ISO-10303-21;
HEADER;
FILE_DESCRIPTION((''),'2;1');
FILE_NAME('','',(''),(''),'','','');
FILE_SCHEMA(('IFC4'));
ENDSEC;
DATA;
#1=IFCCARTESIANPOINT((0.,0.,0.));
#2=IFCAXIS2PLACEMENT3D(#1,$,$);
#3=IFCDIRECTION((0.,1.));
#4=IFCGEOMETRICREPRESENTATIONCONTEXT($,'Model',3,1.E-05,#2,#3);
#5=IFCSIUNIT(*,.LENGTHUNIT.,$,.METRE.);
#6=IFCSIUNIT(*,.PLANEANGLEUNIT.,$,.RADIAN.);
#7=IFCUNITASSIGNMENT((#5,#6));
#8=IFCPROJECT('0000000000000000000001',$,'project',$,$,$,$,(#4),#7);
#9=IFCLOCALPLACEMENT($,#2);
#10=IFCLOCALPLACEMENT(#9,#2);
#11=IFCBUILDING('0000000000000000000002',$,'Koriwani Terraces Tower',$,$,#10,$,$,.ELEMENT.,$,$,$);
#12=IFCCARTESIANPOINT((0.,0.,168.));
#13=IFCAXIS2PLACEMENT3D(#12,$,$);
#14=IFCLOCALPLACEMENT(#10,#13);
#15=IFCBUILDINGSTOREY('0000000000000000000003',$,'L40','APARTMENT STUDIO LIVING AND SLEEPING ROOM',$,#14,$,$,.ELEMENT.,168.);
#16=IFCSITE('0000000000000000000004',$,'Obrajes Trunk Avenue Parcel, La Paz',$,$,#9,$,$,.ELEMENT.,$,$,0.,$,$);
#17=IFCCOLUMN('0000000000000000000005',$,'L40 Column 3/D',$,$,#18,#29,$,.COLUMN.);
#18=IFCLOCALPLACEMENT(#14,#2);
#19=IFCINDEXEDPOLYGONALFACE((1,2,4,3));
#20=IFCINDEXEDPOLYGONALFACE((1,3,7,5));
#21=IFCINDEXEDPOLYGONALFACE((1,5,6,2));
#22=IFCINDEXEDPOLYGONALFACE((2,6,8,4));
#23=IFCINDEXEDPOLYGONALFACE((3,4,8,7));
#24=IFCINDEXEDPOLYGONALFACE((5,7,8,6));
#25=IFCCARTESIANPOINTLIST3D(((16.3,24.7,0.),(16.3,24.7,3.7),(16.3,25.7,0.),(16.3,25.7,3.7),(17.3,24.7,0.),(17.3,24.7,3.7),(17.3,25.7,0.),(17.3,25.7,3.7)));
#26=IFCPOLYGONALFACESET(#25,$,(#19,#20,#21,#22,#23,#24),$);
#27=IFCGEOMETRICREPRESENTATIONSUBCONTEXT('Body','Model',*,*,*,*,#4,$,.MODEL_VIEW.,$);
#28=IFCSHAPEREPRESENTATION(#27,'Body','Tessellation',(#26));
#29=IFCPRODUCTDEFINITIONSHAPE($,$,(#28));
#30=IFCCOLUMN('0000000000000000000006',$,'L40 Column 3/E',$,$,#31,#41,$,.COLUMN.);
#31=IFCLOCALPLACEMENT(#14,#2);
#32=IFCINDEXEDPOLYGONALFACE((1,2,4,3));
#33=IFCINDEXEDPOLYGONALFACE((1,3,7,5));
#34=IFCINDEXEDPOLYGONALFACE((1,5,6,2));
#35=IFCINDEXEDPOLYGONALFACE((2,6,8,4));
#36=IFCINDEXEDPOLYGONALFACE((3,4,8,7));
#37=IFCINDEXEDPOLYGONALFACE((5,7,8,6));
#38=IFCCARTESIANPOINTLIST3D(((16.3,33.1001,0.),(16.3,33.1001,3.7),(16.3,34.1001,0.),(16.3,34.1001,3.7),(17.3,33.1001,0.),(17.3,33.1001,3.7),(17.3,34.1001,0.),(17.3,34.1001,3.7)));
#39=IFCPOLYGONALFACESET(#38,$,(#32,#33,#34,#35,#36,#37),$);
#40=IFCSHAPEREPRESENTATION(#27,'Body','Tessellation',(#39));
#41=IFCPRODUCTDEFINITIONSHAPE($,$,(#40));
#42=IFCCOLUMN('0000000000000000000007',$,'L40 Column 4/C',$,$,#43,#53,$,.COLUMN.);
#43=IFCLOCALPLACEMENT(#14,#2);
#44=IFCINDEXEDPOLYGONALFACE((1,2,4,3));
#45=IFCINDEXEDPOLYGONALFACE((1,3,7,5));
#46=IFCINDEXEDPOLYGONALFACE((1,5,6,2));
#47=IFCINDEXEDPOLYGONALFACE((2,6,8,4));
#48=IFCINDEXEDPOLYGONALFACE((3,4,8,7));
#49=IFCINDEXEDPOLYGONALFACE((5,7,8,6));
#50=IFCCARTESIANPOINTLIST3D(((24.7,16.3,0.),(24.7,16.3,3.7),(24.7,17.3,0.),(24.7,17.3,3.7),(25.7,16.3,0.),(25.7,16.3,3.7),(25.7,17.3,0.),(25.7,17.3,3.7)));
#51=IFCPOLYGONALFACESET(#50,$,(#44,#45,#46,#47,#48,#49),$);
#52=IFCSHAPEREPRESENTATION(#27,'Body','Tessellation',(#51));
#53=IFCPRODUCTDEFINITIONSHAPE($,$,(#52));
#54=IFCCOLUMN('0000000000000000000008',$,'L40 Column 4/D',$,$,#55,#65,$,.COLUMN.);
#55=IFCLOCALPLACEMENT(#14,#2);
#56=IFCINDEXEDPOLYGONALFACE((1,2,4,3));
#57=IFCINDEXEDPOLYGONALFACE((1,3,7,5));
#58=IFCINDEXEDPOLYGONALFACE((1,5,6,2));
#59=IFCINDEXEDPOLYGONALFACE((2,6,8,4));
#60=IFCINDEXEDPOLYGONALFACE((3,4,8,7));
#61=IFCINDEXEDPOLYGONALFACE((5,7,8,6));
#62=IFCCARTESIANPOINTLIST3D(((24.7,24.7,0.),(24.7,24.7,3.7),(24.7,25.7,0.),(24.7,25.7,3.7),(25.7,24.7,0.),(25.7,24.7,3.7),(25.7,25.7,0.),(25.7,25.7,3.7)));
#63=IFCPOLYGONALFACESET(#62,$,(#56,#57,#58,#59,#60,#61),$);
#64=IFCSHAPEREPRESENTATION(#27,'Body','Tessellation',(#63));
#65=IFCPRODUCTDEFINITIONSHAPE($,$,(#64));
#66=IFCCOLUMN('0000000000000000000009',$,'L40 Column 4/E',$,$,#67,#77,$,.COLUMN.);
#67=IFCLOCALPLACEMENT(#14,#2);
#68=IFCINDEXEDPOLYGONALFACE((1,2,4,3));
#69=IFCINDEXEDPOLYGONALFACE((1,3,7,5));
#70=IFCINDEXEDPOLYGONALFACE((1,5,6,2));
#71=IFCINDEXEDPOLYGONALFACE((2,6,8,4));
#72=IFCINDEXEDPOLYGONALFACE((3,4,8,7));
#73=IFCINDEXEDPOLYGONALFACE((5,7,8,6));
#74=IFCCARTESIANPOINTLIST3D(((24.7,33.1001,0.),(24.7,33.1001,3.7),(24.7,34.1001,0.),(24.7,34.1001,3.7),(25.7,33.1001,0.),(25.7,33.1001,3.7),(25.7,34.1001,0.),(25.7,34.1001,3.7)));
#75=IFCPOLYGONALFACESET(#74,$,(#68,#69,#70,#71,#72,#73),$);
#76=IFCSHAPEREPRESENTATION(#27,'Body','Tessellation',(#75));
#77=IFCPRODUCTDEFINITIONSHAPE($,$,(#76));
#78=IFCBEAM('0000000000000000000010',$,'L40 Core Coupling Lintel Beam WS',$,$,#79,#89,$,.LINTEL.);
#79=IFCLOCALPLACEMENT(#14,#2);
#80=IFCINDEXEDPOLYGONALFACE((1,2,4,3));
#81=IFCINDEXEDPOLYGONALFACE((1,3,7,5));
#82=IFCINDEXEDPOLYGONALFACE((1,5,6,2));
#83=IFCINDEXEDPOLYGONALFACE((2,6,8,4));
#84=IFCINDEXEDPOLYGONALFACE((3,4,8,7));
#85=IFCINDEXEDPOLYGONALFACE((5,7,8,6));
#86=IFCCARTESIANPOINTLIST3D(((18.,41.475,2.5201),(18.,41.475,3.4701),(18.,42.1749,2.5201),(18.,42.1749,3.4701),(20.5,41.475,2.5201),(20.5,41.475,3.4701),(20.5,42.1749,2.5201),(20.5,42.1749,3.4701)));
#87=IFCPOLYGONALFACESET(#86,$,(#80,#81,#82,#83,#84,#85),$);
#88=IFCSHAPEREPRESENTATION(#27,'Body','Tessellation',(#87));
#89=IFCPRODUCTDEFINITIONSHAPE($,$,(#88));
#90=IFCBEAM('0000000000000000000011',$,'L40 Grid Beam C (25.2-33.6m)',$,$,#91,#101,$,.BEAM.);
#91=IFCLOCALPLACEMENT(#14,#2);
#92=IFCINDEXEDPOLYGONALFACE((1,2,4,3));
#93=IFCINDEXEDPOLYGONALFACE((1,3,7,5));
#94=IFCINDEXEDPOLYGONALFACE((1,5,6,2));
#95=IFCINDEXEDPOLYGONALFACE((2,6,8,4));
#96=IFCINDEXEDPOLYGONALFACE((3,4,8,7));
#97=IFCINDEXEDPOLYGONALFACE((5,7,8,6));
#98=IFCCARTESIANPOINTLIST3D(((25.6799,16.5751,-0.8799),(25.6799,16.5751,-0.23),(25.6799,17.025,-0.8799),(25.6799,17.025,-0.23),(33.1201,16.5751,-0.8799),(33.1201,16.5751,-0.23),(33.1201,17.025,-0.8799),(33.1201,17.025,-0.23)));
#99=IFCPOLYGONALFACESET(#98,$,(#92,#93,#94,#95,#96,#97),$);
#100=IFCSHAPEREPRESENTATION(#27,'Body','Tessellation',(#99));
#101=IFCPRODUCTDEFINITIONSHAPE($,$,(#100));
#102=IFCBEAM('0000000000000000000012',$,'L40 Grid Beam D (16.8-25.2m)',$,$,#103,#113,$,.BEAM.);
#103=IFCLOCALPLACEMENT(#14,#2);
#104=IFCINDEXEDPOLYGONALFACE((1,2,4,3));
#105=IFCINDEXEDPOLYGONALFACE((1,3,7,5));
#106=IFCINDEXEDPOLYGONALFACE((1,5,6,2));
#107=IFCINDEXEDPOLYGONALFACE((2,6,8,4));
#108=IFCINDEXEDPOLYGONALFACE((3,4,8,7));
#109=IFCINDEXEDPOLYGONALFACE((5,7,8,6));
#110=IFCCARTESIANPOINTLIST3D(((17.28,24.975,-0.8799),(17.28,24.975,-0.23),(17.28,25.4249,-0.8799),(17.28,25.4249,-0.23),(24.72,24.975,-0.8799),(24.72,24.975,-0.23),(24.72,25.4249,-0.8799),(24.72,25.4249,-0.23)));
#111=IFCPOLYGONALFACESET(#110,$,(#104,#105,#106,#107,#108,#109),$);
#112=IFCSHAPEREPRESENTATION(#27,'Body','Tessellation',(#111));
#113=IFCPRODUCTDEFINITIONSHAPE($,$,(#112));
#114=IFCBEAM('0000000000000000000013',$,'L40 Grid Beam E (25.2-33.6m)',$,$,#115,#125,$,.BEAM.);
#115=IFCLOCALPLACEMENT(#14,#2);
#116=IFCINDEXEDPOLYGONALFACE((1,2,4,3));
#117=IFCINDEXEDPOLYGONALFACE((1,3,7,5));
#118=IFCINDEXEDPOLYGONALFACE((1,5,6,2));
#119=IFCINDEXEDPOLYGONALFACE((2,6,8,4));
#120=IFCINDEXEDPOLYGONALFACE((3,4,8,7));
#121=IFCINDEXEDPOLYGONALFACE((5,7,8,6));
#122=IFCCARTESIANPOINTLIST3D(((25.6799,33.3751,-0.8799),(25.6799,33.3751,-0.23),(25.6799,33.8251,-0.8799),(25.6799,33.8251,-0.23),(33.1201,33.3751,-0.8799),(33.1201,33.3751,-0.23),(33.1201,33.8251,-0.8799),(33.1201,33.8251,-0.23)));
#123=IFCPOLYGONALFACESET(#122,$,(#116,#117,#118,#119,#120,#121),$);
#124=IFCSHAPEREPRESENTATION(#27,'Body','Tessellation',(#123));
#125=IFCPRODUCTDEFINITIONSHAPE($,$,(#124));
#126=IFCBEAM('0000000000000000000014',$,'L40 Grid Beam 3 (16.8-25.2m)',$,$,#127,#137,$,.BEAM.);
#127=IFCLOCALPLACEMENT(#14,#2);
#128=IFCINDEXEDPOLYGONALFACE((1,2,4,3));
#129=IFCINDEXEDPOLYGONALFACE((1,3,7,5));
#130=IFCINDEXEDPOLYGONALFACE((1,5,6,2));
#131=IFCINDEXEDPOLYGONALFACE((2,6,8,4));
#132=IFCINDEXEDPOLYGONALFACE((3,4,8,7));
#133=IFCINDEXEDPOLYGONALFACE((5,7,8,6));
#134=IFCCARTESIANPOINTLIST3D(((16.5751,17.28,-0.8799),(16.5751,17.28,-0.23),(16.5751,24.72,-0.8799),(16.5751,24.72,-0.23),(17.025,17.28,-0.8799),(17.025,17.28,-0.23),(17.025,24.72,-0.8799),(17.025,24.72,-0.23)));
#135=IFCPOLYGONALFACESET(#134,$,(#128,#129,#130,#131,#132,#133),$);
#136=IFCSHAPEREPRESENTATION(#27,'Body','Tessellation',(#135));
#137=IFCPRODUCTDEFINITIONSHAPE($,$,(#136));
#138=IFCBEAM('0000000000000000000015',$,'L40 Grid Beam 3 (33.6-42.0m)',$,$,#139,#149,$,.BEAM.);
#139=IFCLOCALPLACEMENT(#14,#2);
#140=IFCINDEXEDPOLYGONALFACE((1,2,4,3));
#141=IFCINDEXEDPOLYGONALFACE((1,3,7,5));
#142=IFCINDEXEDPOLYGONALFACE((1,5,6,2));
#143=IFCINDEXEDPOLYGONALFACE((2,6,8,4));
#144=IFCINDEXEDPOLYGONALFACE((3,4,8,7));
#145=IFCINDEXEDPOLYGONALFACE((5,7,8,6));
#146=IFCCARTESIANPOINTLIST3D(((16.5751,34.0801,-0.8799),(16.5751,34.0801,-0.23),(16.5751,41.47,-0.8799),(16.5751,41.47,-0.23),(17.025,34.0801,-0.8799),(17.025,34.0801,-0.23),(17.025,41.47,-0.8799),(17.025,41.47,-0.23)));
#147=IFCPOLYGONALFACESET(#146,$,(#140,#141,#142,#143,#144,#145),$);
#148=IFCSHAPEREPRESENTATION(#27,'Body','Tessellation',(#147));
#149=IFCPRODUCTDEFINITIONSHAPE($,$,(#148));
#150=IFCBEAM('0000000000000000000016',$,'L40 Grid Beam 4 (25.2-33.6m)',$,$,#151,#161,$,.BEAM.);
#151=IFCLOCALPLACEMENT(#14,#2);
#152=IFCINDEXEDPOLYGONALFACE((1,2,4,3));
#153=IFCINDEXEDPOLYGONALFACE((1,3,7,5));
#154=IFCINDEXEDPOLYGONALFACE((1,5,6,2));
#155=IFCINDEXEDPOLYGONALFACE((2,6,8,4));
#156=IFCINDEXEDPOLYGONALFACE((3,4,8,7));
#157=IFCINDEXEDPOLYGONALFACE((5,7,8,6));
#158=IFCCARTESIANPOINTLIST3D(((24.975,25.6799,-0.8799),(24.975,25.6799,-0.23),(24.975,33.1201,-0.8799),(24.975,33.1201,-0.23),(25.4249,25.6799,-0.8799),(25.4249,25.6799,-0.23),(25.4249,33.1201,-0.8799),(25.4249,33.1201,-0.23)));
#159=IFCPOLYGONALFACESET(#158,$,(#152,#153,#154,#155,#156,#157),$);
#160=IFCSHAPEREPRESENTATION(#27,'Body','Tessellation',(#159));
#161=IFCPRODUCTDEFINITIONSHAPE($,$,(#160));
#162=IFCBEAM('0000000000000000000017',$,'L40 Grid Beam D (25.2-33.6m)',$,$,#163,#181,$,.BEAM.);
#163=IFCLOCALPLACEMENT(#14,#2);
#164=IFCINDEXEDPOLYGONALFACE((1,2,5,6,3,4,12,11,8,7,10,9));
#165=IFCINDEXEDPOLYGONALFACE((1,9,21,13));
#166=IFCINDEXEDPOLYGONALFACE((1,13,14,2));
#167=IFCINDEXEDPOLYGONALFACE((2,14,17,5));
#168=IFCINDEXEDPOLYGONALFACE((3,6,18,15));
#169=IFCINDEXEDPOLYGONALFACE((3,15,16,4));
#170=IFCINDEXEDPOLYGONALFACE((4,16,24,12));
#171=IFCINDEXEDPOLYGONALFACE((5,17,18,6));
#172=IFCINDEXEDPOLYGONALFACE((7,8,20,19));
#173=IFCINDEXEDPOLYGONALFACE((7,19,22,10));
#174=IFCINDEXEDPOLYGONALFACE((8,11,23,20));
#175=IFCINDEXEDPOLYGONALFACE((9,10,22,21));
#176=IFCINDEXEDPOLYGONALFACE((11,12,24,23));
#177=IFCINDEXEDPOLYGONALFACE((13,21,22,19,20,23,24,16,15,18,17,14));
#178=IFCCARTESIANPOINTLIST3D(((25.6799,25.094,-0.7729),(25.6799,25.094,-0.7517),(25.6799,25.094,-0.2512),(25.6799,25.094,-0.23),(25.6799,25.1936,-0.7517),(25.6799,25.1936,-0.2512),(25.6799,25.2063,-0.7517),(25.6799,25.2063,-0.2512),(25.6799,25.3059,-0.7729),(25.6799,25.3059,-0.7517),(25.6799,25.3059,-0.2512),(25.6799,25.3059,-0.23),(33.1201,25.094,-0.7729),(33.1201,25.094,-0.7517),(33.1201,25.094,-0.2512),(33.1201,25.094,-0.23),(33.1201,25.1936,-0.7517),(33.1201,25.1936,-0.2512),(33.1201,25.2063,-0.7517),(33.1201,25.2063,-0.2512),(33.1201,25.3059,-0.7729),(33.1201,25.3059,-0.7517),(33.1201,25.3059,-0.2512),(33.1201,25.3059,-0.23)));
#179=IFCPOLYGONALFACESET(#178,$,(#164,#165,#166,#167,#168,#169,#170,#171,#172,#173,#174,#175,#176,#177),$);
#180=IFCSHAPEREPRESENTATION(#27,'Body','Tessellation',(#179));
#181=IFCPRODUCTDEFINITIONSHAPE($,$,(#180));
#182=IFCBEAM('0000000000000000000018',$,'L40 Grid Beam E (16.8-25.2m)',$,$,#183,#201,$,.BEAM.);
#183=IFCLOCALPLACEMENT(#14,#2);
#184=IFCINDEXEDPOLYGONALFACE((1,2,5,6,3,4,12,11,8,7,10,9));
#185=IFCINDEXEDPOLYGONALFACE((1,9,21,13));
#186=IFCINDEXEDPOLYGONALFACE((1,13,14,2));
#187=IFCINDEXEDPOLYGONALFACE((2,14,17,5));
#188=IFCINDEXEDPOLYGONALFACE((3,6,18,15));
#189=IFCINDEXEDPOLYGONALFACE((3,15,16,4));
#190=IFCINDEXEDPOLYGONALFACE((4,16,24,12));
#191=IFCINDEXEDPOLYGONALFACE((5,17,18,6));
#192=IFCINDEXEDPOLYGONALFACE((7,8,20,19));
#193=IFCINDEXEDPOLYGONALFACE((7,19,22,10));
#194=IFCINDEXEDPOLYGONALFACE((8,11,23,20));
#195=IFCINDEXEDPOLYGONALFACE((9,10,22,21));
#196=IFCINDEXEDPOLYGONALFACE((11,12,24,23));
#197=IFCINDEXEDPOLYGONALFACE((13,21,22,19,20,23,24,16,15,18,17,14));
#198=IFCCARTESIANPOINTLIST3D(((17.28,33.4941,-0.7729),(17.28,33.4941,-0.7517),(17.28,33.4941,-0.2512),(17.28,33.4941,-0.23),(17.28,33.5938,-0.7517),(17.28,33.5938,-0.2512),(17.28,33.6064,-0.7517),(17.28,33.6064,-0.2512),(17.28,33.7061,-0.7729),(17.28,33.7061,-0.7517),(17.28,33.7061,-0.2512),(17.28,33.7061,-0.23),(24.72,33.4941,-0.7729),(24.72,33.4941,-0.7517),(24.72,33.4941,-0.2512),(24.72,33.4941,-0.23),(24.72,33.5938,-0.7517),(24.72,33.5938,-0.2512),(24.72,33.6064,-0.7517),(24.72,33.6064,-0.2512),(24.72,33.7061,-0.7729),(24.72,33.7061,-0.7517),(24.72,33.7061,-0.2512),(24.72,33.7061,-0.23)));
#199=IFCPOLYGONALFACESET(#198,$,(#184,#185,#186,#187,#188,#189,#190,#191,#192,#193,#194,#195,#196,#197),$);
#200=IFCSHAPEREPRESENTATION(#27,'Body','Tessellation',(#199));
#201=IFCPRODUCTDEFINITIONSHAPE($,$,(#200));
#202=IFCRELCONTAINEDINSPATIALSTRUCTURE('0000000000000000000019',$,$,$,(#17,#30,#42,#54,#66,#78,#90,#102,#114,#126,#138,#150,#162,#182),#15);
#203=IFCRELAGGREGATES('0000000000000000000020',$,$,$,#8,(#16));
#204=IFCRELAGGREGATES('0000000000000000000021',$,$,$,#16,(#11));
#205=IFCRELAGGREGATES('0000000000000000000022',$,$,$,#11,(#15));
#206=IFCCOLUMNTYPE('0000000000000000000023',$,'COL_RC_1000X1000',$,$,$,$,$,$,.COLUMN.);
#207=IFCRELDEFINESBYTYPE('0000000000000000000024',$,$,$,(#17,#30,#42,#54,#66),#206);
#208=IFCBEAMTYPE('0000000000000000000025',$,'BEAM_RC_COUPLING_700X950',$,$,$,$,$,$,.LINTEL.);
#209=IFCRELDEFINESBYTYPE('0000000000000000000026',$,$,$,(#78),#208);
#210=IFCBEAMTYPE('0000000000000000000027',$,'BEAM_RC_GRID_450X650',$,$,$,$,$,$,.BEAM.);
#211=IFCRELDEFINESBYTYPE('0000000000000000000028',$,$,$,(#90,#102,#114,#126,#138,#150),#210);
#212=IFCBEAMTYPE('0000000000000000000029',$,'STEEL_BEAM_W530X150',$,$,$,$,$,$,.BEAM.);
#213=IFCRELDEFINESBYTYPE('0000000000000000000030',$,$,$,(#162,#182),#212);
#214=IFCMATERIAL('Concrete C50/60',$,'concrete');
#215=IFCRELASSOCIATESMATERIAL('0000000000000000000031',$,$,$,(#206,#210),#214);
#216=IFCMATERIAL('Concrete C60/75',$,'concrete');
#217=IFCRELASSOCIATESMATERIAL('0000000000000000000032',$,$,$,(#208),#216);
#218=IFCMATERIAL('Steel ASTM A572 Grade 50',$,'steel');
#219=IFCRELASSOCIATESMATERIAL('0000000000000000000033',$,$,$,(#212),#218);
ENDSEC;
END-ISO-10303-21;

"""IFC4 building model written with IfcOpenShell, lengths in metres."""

from ifc_helpers import new_model, si_unit, direction, frame, origin, origin_2d, place, context, subcontext, project, spatial, rectangle, i_section, extrude, material, material_profile, profile_set, type_object, element, save


model = new_model("IFC4")

# Units and contexts
model_context = context("Model", 3, precision=1e-05, world=origin(), true_north=direction((0.0, 1.0)))
body_context = subcontext(model_context, "Body", "Model", "MODEL_VIEW")
ifc_project = project(units=[si_unit("LENGTHUNIT", "METRE"), si_unit("PLANEANGLEUNIT", "RADIAN")], contexts=[model_context])

# Site, building, storey
site_placement = place(None, origin())
site = spatial("IfcSite", under=ifc_project, at=site_placement, Name="Obrajes Trunk Avenue Parcel, La Paz", CompositionType="ELEMENT", RefElevation=0.0)
building_placement = place(site_placement, origin())
building = spatial("IfcBuilding", under=site, at=building_placement, Name="Koriwani Terraces Tower", CompositionType="ELEMENT")
storey_placement = place(building_placement, frame((0.0, 0.0, 168.0)))
storey = spatial("IfcBuildingStorey", under=building, at=storey_placement, Name="L40", Description="APARTMENT STUDIO LIVING AND SLEEPING ROOM", CompositionType="ELEMENT", Elevation=168.0)

# Columns
ifc_material_1 = material(Name="Concrete C50/60", Category="concrete")
ifc_material_profile_1 = material_profile(ifc_material_1, rectangle(XDim=1.0, YDim=1.0, at=origin_2d()), Name="Concrete C50/60", Category="LoadBearing")
ifc_profile_set_1 = profile_set([ifc_material_profile_1], Name="Concrete C50/60")
column_type = type_object("IfcColumnType", Name="COL_RC_1000X1000", PredefinedType="COLUMN", material=ifc_profile_set_1)
for number, where, z_axis, x_axis, name in (
    (1, (16.8, 25.2, 0.0), (0.0, 0.0, 1.0), (1.0, 0.0, 0.0), "L40 Column 3/D"),
    (2, (16.8, 33.6001, 0.0), (0.0, 0.0, 1.0), (1.0, 0.0, 0.0), "L40 Column 3/E"),
    (3, (25.2, 16.8, 0.0), (0.0, 0.0, 1.0), (1.0, 0.0, 0.0), "L40 Column 4/C"),
    (4, (25.2, 25.2, 0.0), (0.0, 0.0, 1.0), (1.0, 0.0, 0.0), "L40 Column 4/D"),
    (5, (25.2, 33.6001, 0.0), (0.0, 0.0, 1.0), (1.0, 0.0, 0.0), "L40 Column 4/E"),
):
    element("IfcColumn", number, at=place(storey_placement, frame(where, z_axis=z_axis, x_axis=x_axis)), inside=storey, type_object=column_type, Name=name, PredefinedType="COLUMN", context=body_context, shape_type="SweptSolid", body=[
        extrude(rectangle(XDim=1.0, YDim=1.0, at=origin_2d()), origin(), (0.0, 0.0, 1.0), 3.7),
    ])

# Beams
ifc_material_2 = material(Name="Concrete C60/75", Category="concrete")
ifc_material_profile_2 = material_profile(ifc_material_2, rectangle(XDim=0.7, YDim=0.95, at=origin_2d()), Name="Concrete C60/75", Category="LoadBearing")
ifc_profile_set_2 = profile_set([ifc_material_profile_2], Name="Concrete C60/75")
beam_type_1 = type_object("IfcBeamType", Name="BEAM_RC_COUPLING_700X950", PredefinedType="LINTEL", material=ifc_profile_set_2)
beam_1_placement = place(storey_placement, frame((18.0, 41.825, 2.9951), z_axis=(1.0, 0.0, 0.0), x_axis=(0.0, 1.0, 0.0)))
element("IfcBeam", 6, at=beam_1_placement, inside=storey, type_object=beam_type_1, Name="L40 Core Coupling Lintel Beam WS", PredefinedType="LINTEL", context=body_context, shape_type="SweptSolid", body=[
    extrude(rectangle(XDim=0.7, YDim=0.95, at=origin_2d()), origin(), (0.0, 0.0, 1.0), 2.5),
])
ifc_material_profile_3 = material_profile(ifc_material_1, rectangle(XDim=0.45, YDim=0.6499, at=origin_2d()), Name="Concrete C50/60", Category="LoadBearing")
ifc_profile_set_3 = profile_set([ifc_material_profile_3], Name="Concrete C50/60")
beam_type_2 = type_object("IfcBeamType", Name="BEAM_RC_GRID_450X650", PredefinedType="BEAM", material=ifc_profile_set_3)
beam_2_placement = place(storey_placement, frame((25.6799, 16.8, -0.5549), z_axis=(1.0, 0.0, 0.0), x_axis=(0.0, 1.0, 0.0)))
element("IfcBeam", 7, at=beam_2_placement, inside=storey, type_object=beam_type_2, Name="L40 Grid Beam C (25.2-33.6m)", PredefinedType="BEAM", context=body_context, shape_type="SweptSolid", body=[
    extrude(rectangle(XDim=0.45, YDim=0.6499, at=origin_2d()), origin(), (0.0, 0.0, 1.0), 7.4402),
])
beam_3_placement = place(storey_placement, frame((17.28, 25.2, -0.5549), z_axis=(1.0, 0.0, 0.0), x_axis=(0.0, 1.0, 0.0)))
element("IfcBeam", 8, at=beam_3_placement, inside=storey, type_object=beam_type_2, Name="L40 Grid Beam D (16.8-25.2m)", PredefinedType="BEAM", context=body_context, shape_type="SweptSolid", body=[
    extrude(rectangle(XDim=0.45, YDim=0.6499, at=origin_2d()), origin(), (0.0, 0.0, 1.0), 7.4399),
])
beam_4_placement = place(storey_placement, frame((25.6799, 33.6001, -0.5549), z_axis=(1.0, 0.0, 0.0), x_axis=(0.0, 1.0, 0.0)))
element("IfcBeam", 9, at=beam_4_placement, inside=storey, type_object=beam_type_2, Name="L40 Grid Beam E (25.2-33.6m)", PredefinedType="BEAM", context=body_context, shape_type="SweptSolid", body=[
    extrude(rectangle(XDim=0.45, YDim=0.6499, at=origin_2d()), origin(), (0.0, 0.0, 1.0), 7.4402),
])
beam_5_placement = place(storey_placement, frame((16.8, 17.28, -0.5549), z_axis=(0.0, 1.0, 0.0), x_axis=(-1.0, 0.0, 0.0)))
element("IfcBeam", 10, at=beam_5_placement, inside=storey, type_object=beam_type_2, Name="L40 Grid Beam 3 (16.8-25.2m)", PredefinedType="BEAM", context=body_context, shape_type="SweptSolid", body=[
    extrude(rectangle(XDim=0.45, YDim=0.6499, at=origin_2d()), origin(), (0.0, 0.0, 1.0), 7.4399),
])
beam_6_placement = place(storey_placement, frame((16.8, 34.0801, -0.5549), z_axis=(0.0, 1.0, 0.0), x_axis=(-1.0, 0.0, 0.0)))
element("IfcBeam", 11, at=beam_6_placement, inside=storey, type_object=beam_type_2, Name="L40 Grid Beam 3 (33.6-42.0m)", PredefinedType="BEAM", context=body_context, shape_type="SweptSolid", body=[
    extrude(rectangle(XDim=0.45, YDim=0.6499, at=origin_2d()), origin(), (0.0, 0.0, 1.0), 7.3899),
])
beam_7_placement = place(storey_placement, frame((25.2, 25.6799, -0.5549), z_axis=(0.0, 1.0, 0.0), x_axis=(-1.0, 0.0, 0.0)))
element("IfcBeam", 12, at=beam_7_placement, inside=storey, type_object=beam_type_2, Name="L40 Grid Beam 4 (25.2-33.6m)", PredefinedType="BEAM", context=body_context, shape_type="SweptSolid", body=[
    extrude(rectangle(XDim=0.45, YDim=0.6499, at=origin_2d()), origin(), (0.0, 0.0, 1.0), 7.4402),
])
ifc_material_3 = material(Name="Steel ASTM A572 Grade 50", Category="steel")
ifc_material_profile_4 = material_profile(ifc_material_3, i_section(OverallWidth=0.2119, OverallDepth=0.543, WebThickness=0.0127, FlangeThickness=0.0212, at=origin_2d()), Name="Steel ASTM A572 Grade 50", Category="LoadBearing")
ifc_profile_set_4 = profile_set([ifc_material_profile_4], Name="Steel ASTM A572 Grade 50")
beam_type_3 = type_object("IfcBeamType", Name="STEEL_BEAM_W530X150", PredefinedType="BEAM", material=ifc_profile_set_4)
beam_8_placement = place(storey_placement, frame((25.6799, 25.2, -0.5015), z_axis=(1.0, 0.0, 0.0), x_axis=(0.0, 1.0, 0.0)))
element("IfcBeam", 13, at=beam_8_placement, inside=storey, type_object=beam_type_3, Name="L40 Grid Beam D (25.2-33.6m)", PredefinedType="BEAM", context=body_context, shape_type="SweptSolid", body=[
    extrude(i_section(OverallWidth=0.2119, OverallDepth=0.543, WebThickness=0.0127, FlangeThickness=0.0212, at=origin_2d()), origin(), (0.0, 0.0, 1.0), 7.4402),
])
beam_9_placement = place(storey_placement, frame((17.28, 33.6001, -0.5015), z_axis=(1.0, 0.0, 0.0), x_axis=(0.0, 1.0, 0.0)))
element("IfcBeam", 14, at=beam_9_placement, inside=storey, type_object=beam_type_3, Name="L40 Grid Beam E (16.8-25.2m)", PredefinedType="BEAM", context=body_context, shape_type="SweptSolid", body=[
    extrude(i_section(OverallWidth=0.2119, OverallDepth=0.543, WebThickness=0.0127, FlangeThickness=0.0212, at=origin_2d()), origin(), (0.0, 0.0, 1.0), 7.4399),
])

save(model, "model.ifc")
